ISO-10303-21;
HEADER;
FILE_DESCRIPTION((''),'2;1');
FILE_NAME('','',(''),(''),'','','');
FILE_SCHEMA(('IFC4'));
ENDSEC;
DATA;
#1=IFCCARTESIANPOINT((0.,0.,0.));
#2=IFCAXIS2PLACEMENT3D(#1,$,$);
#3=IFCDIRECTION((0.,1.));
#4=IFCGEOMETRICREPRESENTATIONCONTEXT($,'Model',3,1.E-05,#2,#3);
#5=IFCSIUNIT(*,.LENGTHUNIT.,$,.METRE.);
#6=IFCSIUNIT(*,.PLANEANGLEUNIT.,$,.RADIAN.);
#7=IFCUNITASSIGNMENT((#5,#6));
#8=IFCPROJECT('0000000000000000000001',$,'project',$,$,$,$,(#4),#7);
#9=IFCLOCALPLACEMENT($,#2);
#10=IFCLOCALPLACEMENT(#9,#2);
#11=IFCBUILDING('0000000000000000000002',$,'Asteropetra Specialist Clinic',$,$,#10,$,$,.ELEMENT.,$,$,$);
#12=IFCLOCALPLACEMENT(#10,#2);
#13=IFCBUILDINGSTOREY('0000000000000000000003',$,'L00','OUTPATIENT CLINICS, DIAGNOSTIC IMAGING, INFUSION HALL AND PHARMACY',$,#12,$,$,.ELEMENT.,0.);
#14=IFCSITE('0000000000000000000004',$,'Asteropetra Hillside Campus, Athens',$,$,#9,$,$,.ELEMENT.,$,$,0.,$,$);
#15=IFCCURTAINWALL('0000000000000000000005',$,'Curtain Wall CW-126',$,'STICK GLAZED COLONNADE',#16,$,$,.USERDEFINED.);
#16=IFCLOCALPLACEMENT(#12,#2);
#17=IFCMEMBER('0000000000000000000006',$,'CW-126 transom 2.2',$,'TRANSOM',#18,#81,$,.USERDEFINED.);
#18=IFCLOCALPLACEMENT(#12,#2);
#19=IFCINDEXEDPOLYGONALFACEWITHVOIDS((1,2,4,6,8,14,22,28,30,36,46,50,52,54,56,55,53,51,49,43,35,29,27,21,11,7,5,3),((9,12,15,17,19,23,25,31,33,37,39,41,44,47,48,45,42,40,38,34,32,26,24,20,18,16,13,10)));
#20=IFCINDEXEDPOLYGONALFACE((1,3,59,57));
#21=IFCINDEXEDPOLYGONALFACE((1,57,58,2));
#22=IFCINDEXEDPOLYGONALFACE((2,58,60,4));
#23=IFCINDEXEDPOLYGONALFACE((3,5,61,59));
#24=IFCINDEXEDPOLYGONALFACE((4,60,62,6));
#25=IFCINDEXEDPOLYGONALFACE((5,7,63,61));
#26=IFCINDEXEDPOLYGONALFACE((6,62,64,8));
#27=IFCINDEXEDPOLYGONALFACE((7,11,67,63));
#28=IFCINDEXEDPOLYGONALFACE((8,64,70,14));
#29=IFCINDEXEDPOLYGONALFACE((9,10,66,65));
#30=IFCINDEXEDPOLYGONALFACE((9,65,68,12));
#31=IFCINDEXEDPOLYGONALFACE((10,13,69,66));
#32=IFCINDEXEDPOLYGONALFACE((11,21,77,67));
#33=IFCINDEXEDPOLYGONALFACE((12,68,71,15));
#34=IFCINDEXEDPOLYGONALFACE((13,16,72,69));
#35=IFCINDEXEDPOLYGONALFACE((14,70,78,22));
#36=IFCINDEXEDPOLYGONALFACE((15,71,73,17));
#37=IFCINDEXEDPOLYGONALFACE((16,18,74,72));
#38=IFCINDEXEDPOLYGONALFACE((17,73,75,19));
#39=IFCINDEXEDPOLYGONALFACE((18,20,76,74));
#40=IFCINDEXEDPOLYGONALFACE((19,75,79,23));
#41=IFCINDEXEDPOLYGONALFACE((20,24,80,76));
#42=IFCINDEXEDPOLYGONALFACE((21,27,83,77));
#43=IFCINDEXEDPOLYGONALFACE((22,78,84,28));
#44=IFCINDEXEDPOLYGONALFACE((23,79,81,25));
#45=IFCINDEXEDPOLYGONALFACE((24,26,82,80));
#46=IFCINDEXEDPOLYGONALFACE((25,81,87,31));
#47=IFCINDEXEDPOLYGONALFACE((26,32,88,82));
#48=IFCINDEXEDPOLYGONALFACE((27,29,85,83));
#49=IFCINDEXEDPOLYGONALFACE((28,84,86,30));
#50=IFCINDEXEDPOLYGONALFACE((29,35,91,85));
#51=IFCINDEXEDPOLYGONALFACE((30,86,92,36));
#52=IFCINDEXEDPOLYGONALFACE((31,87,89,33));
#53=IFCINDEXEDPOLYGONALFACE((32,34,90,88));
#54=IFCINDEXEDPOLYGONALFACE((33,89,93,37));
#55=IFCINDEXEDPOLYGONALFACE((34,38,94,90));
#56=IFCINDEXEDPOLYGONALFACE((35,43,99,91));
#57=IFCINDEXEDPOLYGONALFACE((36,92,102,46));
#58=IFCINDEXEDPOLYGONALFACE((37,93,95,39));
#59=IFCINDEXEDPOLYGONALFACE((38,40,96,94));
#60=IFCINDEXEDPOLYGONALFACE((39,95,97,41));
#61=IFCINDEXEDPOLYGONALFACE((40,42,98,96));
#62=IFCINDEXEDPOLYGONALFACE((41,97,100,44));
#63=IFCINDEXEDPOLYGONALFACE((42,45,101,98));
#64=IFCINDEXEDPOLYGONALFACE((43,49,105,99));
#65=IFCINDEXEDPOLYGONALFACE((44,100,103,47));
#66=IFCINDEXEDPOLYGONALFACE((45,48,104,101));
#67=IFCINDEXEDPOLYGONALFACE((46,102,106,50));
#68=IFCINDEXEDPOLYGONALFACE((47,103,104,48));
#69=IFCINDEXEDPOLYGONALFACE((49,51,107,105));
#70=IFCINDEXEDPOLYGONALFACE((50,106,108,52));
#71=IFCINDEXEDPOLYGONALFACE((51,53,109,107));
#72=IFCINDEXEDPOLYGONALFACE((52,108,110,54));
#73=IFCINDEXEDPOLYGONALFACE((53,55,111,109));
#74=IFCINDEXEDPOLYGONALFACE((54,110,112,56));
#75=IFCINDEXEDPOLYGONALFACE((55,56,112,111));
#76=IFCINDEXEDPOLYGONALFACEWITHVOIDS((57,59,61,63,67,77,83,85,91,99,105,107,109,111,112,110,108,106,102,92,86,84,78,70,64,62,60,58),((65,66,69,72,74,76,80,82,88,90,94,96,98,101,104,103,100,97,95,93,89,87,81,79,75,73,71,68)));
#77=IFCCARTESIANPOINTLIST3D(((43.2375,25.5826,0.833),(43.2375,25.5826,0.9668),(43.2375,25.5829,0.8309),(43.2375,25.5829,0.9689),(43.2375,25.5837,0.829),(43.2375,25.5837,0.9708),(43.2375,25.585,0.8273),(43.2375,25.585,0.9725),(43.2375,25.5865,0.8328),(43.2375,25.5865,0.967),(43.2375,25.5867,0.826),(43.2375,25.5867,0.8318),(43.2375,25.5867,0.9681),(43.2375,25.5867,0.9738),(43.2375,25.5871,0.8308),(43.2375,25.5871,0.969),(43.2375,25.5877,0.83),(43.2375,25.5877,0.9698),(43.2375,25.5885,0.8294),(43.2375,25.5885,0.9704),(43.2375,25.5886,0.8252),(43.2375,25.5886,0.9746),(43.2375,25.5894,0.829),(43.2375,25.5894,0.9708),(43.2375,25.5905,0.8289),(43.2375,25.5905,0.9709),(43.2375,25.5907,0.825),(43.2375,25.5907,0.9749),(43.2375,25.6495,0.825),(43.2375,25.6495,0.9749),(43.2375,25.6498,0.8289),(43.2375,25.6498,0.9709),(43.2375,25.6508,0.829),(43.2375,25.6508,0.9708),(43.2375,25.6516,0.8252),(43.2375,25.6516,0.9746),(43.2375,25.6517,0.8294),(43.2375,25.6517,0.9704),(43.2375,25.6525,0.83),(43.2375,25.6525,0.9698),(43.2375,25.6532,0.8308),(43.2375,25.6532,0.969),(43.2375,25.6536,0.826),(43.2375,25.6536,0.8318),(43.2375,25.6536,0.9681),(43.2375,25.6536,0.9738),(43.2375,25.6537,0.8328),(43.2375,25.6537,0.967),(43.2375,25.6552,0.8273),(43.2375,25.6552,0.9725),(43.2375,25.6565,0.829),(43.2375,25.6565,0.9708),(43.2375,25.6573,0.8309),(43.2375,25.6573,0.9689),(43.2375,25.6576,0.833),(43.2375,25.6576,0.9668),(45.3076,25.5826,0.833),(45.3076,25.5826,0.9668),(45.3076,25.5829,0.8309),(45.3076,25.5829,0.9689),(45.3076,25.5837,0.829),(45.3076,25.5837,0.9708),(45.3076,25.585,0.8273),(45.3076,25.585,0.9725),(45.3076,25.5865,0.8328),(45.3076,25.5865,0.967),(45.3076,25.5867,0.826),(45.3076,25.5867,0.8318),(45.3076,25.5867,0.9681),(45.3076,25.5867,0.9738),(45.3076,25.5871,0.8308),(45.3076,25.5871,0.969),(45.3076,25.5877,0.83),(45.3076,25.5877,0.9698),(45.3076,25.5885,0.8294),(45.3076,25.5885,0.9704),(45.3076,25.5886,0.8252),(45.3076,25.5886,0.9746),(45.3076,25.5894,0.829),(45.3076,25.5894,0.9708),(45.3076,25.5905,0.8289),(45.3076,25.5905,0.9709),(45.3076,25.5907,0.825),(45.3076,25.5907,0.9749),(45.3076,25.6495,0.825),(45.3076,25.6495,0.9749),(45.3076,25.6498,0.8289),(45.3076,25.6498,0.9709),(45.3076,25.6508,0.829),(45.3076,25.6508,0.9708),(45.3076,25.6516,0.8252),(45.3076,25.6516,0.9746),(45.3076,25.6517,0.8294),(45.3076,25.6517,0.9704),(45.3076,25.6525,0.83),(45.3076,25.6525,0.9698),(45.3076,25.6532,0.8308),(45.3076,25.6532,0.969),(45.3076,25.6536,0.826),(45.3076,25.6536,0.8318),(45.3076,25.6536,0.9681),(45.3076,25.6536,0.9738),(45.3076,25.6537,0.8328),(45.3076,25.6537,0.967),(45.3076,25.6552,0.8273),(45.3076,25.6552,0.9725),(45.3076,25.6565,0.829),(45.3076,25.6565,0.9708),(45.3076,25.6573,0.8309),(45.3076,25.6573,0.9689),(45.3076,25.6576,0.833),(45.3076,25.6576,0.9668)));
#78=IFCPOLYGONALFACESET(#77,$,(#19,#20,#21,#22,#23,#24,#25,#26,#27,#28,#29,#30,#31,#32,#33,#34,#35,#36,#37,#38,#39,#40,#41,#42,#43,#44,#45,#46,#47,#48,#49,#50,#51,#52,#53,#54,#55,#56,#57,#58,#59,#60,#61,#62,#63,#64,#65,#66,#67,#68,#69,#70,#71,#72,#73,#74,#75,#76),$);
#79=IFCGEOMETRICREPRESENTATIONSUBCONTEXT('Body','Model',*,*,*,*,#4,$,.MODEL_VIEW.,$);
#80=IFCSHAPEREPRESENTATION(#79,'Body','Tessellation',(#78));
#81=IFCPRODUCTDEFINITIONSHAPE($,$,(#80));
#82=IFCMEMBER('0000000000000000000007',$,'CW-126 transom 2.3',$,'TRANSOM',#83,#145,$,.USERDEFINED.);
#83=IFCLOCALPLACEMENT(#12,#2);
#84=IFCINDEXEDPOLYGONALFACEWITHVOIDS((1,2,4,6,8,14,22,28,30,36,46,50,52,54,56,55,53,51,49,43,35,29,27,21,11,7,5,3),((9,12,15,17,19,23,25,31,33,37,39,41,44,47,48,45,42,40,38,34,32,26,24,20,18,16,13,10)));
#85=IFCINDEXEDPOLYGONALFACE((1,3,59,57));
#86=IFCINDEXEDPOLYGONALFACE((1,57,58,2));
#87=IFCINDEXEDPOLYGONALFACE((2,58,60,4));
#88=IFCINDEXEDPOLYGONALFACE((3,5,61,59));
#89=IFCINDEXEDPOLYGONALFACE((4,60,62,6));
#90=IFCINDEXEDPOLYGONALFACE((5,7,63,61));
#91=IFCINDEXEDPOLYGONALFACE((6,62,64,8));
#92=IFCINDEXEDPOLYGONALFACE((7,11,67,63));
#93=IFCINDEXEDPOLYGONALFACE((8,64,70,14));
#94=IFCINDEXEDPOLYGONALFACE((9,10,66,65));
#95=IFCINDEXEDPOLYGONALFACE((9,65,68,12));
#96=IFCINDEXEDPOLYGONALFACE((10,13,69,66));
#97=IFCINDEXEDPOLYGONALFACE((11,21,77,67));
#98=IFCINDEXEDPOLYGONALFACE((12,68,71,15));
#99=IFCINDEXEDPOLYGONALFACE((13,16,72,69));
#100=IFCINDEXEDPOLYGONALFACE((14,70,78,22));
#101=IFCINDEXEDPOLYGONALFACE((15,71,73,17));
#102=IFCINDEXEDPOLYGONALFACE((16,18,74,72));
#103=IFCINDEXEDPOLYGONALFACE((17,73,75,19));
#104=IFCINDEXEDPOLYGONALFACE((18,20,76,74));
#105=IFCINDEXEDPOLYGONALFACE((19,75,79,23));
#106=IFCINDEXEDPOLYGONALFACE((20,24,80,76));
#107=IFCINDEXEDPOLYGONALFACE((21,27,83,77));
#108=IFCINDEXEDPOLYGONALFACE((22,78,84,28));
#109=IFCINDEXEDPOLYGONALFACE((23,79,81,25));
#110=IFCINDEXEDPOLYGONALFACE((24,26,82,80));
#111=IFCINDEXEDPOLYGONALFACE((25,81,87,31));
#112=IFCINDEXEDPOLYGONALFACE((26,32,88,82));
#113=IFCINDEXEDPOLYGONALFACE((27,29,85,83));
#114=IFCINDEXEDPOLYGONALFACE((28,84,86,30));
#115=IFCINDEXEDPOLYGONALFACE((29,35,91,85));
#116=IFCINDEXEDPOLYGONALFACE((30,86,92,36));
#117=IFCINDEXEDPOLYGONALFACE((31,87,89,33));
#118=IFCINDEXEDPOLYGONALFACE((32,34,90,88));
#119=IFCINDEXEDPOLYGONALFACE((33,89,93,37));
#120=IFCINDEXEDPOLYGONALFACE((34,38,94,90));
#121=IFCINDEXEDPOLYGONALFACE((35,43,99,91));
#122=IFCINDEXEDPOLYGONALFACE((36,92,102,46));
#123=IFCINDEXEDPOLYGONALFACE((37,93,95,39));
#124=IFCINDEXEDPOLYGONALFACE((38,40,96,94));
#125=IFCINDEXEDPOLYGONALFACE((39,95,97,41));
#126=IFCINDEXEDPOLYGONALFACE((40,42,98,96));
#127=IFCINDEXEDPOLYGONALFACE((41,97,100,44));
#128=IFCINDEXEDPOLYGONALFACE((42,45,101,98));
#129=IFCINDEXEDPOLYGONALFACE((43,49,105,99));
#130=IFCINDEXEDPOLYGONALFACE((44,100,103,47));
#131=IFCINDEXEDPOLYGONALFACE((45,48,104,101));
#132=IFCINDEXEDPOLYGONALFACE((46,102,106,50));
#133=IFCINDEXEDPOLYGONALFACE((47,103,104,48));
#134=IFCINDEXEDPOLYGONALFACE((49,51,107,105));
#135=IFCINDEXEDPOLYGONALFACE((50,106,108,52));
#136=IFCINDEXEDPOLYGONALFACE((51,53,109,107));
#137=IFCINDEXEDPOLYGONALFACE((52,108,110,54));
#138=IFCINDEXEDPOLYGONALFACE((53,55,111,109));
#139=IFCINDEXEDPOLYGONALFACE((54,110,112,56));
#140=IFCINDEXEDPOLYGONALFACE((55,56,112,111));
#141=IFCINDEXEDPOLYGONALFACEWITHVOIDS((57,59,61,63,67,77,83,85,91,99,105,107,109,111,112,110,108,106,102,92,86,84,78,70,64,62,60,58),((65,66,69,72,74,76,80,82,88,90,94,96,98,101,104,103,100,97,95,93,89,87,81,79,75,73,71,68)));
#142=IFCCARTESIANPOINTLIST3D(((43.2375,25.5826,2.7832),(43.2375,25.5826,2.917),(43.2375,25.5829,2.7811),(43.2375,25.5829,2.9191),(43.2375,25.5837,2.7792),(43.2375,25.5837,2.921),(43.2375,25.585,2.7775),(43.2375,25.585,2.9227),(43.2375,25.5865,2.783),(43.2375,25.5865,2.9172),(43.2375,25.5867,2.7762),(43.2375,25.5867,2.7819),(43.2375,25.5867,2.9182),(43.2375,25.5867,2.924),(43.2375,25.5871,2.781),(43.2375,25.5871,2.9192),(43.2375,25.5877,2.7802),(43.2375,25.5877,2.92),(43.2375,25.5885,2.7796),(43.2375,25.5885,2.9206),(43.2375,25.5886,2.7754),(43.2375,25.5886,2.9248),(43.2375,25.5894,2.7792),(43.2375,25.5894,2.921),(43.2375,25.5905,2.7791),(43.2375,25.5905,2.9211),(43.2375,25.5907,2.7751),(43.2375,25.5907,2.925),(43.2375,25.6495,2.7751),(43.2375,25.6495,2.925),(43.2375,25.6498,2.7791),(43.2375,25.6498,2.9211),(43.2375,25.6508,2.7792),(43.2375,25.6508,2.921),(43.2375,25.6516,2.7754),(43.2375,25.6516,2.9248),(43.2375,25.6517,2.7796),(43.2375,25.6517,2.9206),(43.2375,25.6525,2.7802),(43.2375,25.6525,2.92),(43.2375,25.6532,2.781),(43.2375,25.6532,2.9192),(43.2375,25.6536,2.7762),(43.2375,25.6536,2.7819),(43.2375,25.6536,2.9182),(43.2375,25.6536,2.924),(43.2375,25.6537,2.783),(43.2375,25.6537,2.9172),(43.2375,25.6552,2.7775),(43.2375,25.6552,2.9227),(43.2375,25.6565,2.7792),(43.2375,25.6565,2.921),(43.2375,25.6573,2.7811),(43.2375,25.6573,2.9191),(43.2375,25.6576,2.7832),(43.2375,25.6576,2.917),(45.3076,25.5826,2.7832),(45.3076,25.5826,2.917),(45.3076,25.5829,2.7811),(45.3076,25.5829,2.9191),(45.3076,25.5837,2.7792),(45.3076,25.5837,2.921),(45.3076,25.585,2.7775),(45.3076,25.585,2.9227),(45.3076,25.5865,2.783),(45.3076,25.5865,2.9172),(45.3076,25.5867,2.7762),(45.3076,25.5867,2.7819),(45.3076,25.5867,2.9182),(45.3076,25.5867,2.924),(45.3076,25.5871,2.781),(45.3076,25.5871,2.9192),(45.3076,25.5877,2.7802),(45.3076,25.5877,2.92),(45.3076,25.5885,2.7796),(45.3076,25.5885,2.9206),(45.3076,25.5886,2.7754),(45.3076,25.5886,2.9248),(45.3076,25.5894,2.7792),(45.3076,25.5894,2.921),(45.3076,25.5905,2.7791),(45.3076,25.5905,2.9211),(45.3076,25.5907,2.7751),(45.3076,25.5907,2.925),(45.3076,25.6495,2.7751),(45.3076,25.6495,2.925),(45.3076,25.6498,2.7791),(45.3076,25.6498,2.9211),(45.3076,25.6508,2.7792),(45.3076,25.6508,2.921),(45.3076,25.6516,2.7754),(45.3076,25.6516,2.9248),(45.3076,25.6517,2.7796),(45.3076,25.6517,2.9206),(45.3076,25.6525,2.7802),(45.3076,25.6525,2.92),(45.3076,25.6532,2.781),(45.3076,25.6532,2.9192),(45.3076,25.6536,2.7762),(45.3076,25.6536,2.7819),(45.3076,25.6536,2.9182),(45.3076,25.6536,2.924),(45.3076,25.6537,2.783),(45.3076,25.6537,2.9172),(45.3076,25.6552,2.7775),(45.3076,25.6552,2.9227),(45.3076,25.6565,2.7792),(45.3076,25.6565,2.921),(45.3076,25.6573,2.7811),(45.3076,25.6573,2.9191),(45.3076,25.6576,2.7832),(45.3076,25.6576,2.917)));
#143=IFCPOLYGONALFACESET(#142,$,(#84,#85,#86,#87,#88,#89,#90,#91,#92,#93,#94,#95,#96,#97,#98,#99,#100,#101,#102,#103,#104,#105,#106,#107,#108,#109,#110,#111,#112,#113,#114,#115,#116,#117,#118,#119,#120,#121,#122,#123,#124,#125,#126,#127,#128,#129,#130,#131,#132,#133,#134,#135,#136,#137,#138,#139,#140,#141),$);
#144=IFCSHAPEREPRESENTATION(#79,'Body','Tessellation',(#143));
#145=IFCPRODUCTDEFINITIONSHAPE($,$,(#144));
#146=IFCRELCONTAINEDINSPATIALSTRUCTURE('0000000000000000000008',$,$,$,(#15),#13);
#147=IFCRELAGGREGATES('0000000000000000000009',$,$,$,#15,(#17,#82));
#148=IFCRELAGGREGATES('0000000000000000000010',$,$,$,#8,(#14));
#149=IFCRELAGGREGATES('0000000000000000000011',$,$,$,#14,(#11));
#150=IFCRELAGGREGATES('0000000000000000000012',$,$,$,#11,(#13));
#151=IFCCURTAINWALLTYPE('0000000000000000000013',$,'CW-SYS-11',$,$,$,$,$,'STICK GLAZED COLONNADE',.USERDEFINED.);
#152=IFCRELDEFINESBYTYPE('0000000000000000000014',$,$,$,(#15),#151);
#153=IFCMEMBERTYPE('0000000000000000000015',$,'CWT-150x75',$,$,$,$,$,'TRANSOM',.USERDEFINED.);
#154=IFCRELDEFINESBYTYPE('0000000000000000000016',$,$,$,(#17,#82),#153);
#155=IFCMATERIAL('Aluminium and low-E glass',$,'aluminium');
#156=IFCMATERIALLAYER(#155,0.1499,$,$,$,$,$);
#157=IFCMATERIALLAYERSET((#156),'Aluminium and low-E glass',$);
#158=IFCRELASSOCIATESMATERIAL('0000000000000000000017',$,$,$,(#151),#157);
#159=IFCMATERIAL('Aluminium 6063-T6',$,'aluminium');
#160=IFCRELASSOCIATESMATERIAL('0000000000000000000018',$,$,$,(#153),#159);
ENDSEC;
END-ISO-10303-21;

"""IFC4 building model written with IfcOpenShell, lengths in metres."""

from ifc_helpers import new_model, si_unit, direction, frame, origin, origin_2d, place, context, subcontext, project, spatial, hollow_rectangle, extrude, material, layer, layer_set, material_profile, profile_set, type_object, element, aggregate, save


model = new_model("IFC4")

# Units and contexts
model_context = context("Model", 3, precision=1e-05, world=origin(), true_north=direction((0.0, 1.0)))
body_context = subcontext(model_context, "Body", "Model", "MODEL_VIEW")
ifc_project = project(units=[si_unit("LENGTHUNIT", "METRE"), si_unit("PLANEANGLEUNIT", "RADIAN")], contexts=[model_context])

# Site, building, storey
site_placement = place(None, origin())
site = spatial("IfcSite", under=ifc_project, at=site_placement, Name="Asteropetra Hillside Campus, Athens", CompositionType="ELEMENT", RefElevation=0.0)
building_placement = place(site_placement, origin())
building = spatial("IfcBuilding", under=site, at=building_placement, Name="Asteropetra Specialist Clinic", CompositionType="ELEMENT")
storey_placement = place(building_placement, origin())
storey = spatial("IfcBuildingStorey", under=building, at=storey_placement, Name="L00", Description="OUTPATIENT CLINICS, DIAGNOSTIC IMAGING, INFUSION HALL AND PHARMACY", CompositionType="ELEMENT", Elevation=0.0)

# Curtain wall, members
ifc_material_1 = material(Name="Aluminium and low-E glass", Category="aluminium")
ifc_layer_1 = layer(ifc_material_1, 0.1499)
ifc_layer_set_1 = layer_set([ifc_layer_1], Name="Aluminium and low-E glass")
curtain_wall_type = type_object("IfcCurtainWallType", Name="CW-SYS-11", ElementType="STICK GLAZED COLONNADE", PredefinedType="USERDEFINED", material=ifc_layer_set_1)
curtain_wall_placement = place(storey_placement, origin())
curtain_wall = element("IfcCurtainWall", 1, at=curtain_wall_placement, inside=storey, type_object=curtain_wall_type, Name="Curtain Wall CW-126", ObjectType="STICK GLAZED COLONNADE", PredefinedType="USERDEFINED")
ifc_material_2 = material(Name="Aluminium 6063-T6", Category="aluminium")
ifc_material_profile_1 = material_profile(ifc_material_2, hollow_rectangle(XDim=0.075, YDim=0.1499, WallThickness=0.0039, InnerFilletRadius=0.0039, OuterFilletRadius=0.0081, at=origin_2d()), Name="TRN 150x75x4.0")
ifc_profile_set_1 = profile_set([ifc_material_profile_1], Name="Aluminium 6063-T6")
member_type_1 = type_object("IfcMemberType", Name="CWT-150x75", ElementType="TRANSOM", PredefinedType="USERDEFINED", material=ifc_profile_set_1)
member_1_placement = place(storey_placement, frame((45.3076, 25.6201, 0.8999), z_axis=(-1.0, 0.0, 0.0), x_axis=(0.0, -1.0, 0.0)))
member_1 = element("IfcMember", 2, at=member_1_placement, type_object=member_type_1, Name="CW-126 transom 2.2", ObjectType="TRANSOM", PredefinedType="USERDEFINED", context=body_context, shape_type="SweptSolid", body=[
    extrude(hollow_rectangle(XDim=0.075, YDim=0.1499, WallThickness=0.0039, InnerFilletRadius=0.0039, OuterFilletRadius=0.0081, at=origin_2d()), origin(), (0.0, 0.0, 1.0), 2.0701),
])
member_2_placement = place(storey_placement, frame((45.3076, 25.6201, 2.8501), z_axis=(-1.0, 0.0, 0.0), x_axis=(0.0, -1.0, 0.0)))
member_2 = element("IfcMember", 3, at=member_2_placement, type_object=member_type_1, Name="CW-126 transom 2.3", ObjectType="TRANSOM", PredefinedType="USERDEFINED", context=body_context, shape_type="SweptSolid", body=[
    extrude(hollow_rectangle(XDim=0.075, YDim=0.1499, WallThickness=0.0039, InnerFilletRadius=0.0039, OuterFilletRadius=0.0081, at=origin_2d()), origin(), (0.0, 0.0, 1.0), 2.0701),
])
aggregate(curtain_wall, [member_1, member_2])

save(model, "model.ifc")
